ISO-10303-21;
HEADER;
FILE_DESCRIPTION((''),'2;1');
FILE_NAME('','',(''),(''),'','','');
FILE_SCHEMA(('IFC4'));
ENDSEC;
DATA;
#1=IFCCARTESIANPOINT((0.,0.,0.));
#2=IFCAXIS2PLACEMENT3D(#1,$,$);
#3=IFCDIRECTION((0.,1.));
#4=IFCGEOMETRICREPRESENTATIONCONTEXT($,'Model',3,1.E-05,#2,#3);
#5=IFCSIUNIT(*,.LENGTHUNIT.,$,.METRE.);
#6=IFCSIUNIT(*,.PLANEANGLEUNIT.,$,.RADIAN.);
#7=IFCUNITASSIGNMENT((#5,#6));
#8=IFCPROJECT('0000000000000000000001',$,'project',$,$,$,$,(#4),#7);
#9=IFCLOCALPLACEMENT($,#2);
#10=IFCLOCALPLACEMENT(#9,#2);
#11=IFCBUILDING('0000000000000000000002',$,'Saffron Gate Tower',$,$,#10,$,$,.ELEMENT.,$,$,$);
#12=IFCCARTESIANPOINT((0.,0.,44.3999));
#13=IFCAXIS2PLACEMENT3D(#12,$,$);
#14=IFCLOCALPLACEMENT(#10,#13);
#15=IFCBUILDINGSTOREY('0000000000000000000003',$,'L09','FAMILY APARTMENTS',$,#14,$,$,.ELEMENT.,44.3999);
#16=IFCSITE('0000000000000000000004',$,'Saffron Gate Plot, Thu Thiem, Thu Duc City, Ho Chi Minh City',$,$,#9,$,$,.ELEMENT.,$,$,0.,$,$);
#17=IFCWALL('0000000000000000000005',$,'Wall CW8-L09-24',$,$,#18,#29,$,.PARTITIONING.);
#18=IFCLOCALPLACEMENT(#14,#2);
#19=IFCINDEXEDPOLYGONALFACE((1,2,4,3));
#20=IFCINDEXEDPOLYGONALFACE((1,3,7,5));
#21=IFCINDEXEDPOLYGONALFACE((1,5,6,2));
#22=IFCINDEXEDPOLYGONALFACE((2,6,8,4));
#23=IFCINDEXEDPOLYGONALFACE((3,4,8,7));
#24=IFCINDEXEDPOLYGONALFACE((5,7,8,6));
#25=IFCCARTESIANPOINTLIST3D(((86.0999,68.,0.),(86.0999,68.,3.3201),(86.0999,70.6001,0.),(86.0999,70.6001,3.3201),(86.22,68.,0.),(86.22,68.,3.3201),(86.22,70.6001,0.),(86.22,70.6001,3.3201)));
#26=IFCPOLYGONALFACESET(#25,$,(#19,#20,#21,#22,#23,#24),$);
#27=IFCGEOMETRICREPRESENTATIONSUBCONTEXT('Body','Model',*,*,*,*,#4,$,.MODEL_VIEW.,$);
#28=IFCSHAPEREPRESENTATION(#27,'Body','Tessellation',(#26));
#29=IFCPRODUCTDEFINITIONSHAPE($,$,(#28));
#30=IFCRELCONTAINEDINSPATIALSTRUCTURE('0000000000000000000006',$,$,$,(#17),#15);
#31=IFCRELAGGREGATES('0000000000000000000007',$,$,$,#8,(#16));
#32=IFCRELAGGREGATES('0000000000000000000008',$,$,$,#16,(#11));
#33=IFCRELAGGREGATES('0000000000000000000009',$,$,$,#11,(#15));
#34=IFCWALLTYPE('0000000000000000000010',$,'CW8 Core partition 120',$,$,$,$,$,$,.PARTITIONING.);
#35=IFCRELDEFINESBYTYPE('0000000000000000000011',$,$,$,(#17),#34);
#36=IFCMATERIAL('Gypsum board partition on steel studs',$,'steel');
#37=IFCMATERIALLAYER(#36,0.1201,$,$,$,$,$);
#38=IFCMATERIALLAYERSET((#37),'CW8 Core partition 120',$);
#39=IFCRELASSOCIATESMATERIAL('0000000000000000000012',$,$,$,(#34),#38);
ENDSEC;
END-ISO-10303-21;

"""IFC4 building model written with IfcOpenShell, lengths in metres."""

from ifc_helpers import new_model, si_unit, direction, frame, frame_2d, origin, place, context, subcontext, project, spatial, rectangle, extrude, material, layer, layer_set, type_object, element, save


model = new_model("IFC4")

# Units and contexts
model_context = context("Model", 3, precision=1e-05, world=origin(), true_north=direction((0.0, 1.0)))
body_context = subcontext(model_context, "Body", "Model", "MODEL_VIEW")
ifc_project = project(units=[si_unit("LENGTHUNIT", "METRE"), si_unit("PLANEANGLEUNIT", "RADIAN")], contexts=[model_context])

# Site, building, storey
site_placement = place(None, origin())
site = spatial("IfcSite", under=ifc_project, at=site_placement, Name="Saffron Gate Plot, Thu Thiem, Thu Duc City, Ho Chi Minh City", CompositionType="ELEMENT", RefElevation=0.0)
building_placement = place(site_placement, origin())
building = spatial("IfcBuilding", under=site, at=building_placement, Name="Saffron Gate Tower", CompositionType="ELEMENT")
storey_placement = place(building_placement, frame((0.0, 0.0, 44.3999)))
storey = spatial("IfcBuildingStorey", under=building, at=storey_placement, Name="L09", Description="FAMILY APARTMENTS", CompositionType="ELEMENT", Elevation=44.3999)

# Shared definitions
ifc_material_1 = material(Name="Gypsum board partition on steel studs", Category="steel")

# Wall
ifc_layer_1 = layer(ifc_material_1, 0.1201)
ifc_layer_set_1 = layer_set([ifc_layer_1], Name="CW8 Core partition 120")
wall_type_1 = type_object("IfcWallType", Name="CW8 Core partition 120", PredefinedType="PARTITIONING", material=ifc_layer_set_1)
wall_1_placement = place(storey_placement, frame((86.1599, 68.0, 0.0), z_axis=(0.0, 0.0, 1.0), x_axis=(0.0, 1.0, 0.0)))
element("IfcWall", 1, at=wall_1_placement, inside=storey, type_object=wall_type_1, Name="Wall CW8-L09-24", PredefinedType="PARTITIONING", context=body_context, shape_type="SweptSolid", body=[
    extrude(rectangle(XDim=2.6001, YDim=0.1201, at=frame_2d((1.3, 0.0))), origin(), (0.0, 0.0, 1.0), 3.3201),
])

save(model, "model.ifc")
